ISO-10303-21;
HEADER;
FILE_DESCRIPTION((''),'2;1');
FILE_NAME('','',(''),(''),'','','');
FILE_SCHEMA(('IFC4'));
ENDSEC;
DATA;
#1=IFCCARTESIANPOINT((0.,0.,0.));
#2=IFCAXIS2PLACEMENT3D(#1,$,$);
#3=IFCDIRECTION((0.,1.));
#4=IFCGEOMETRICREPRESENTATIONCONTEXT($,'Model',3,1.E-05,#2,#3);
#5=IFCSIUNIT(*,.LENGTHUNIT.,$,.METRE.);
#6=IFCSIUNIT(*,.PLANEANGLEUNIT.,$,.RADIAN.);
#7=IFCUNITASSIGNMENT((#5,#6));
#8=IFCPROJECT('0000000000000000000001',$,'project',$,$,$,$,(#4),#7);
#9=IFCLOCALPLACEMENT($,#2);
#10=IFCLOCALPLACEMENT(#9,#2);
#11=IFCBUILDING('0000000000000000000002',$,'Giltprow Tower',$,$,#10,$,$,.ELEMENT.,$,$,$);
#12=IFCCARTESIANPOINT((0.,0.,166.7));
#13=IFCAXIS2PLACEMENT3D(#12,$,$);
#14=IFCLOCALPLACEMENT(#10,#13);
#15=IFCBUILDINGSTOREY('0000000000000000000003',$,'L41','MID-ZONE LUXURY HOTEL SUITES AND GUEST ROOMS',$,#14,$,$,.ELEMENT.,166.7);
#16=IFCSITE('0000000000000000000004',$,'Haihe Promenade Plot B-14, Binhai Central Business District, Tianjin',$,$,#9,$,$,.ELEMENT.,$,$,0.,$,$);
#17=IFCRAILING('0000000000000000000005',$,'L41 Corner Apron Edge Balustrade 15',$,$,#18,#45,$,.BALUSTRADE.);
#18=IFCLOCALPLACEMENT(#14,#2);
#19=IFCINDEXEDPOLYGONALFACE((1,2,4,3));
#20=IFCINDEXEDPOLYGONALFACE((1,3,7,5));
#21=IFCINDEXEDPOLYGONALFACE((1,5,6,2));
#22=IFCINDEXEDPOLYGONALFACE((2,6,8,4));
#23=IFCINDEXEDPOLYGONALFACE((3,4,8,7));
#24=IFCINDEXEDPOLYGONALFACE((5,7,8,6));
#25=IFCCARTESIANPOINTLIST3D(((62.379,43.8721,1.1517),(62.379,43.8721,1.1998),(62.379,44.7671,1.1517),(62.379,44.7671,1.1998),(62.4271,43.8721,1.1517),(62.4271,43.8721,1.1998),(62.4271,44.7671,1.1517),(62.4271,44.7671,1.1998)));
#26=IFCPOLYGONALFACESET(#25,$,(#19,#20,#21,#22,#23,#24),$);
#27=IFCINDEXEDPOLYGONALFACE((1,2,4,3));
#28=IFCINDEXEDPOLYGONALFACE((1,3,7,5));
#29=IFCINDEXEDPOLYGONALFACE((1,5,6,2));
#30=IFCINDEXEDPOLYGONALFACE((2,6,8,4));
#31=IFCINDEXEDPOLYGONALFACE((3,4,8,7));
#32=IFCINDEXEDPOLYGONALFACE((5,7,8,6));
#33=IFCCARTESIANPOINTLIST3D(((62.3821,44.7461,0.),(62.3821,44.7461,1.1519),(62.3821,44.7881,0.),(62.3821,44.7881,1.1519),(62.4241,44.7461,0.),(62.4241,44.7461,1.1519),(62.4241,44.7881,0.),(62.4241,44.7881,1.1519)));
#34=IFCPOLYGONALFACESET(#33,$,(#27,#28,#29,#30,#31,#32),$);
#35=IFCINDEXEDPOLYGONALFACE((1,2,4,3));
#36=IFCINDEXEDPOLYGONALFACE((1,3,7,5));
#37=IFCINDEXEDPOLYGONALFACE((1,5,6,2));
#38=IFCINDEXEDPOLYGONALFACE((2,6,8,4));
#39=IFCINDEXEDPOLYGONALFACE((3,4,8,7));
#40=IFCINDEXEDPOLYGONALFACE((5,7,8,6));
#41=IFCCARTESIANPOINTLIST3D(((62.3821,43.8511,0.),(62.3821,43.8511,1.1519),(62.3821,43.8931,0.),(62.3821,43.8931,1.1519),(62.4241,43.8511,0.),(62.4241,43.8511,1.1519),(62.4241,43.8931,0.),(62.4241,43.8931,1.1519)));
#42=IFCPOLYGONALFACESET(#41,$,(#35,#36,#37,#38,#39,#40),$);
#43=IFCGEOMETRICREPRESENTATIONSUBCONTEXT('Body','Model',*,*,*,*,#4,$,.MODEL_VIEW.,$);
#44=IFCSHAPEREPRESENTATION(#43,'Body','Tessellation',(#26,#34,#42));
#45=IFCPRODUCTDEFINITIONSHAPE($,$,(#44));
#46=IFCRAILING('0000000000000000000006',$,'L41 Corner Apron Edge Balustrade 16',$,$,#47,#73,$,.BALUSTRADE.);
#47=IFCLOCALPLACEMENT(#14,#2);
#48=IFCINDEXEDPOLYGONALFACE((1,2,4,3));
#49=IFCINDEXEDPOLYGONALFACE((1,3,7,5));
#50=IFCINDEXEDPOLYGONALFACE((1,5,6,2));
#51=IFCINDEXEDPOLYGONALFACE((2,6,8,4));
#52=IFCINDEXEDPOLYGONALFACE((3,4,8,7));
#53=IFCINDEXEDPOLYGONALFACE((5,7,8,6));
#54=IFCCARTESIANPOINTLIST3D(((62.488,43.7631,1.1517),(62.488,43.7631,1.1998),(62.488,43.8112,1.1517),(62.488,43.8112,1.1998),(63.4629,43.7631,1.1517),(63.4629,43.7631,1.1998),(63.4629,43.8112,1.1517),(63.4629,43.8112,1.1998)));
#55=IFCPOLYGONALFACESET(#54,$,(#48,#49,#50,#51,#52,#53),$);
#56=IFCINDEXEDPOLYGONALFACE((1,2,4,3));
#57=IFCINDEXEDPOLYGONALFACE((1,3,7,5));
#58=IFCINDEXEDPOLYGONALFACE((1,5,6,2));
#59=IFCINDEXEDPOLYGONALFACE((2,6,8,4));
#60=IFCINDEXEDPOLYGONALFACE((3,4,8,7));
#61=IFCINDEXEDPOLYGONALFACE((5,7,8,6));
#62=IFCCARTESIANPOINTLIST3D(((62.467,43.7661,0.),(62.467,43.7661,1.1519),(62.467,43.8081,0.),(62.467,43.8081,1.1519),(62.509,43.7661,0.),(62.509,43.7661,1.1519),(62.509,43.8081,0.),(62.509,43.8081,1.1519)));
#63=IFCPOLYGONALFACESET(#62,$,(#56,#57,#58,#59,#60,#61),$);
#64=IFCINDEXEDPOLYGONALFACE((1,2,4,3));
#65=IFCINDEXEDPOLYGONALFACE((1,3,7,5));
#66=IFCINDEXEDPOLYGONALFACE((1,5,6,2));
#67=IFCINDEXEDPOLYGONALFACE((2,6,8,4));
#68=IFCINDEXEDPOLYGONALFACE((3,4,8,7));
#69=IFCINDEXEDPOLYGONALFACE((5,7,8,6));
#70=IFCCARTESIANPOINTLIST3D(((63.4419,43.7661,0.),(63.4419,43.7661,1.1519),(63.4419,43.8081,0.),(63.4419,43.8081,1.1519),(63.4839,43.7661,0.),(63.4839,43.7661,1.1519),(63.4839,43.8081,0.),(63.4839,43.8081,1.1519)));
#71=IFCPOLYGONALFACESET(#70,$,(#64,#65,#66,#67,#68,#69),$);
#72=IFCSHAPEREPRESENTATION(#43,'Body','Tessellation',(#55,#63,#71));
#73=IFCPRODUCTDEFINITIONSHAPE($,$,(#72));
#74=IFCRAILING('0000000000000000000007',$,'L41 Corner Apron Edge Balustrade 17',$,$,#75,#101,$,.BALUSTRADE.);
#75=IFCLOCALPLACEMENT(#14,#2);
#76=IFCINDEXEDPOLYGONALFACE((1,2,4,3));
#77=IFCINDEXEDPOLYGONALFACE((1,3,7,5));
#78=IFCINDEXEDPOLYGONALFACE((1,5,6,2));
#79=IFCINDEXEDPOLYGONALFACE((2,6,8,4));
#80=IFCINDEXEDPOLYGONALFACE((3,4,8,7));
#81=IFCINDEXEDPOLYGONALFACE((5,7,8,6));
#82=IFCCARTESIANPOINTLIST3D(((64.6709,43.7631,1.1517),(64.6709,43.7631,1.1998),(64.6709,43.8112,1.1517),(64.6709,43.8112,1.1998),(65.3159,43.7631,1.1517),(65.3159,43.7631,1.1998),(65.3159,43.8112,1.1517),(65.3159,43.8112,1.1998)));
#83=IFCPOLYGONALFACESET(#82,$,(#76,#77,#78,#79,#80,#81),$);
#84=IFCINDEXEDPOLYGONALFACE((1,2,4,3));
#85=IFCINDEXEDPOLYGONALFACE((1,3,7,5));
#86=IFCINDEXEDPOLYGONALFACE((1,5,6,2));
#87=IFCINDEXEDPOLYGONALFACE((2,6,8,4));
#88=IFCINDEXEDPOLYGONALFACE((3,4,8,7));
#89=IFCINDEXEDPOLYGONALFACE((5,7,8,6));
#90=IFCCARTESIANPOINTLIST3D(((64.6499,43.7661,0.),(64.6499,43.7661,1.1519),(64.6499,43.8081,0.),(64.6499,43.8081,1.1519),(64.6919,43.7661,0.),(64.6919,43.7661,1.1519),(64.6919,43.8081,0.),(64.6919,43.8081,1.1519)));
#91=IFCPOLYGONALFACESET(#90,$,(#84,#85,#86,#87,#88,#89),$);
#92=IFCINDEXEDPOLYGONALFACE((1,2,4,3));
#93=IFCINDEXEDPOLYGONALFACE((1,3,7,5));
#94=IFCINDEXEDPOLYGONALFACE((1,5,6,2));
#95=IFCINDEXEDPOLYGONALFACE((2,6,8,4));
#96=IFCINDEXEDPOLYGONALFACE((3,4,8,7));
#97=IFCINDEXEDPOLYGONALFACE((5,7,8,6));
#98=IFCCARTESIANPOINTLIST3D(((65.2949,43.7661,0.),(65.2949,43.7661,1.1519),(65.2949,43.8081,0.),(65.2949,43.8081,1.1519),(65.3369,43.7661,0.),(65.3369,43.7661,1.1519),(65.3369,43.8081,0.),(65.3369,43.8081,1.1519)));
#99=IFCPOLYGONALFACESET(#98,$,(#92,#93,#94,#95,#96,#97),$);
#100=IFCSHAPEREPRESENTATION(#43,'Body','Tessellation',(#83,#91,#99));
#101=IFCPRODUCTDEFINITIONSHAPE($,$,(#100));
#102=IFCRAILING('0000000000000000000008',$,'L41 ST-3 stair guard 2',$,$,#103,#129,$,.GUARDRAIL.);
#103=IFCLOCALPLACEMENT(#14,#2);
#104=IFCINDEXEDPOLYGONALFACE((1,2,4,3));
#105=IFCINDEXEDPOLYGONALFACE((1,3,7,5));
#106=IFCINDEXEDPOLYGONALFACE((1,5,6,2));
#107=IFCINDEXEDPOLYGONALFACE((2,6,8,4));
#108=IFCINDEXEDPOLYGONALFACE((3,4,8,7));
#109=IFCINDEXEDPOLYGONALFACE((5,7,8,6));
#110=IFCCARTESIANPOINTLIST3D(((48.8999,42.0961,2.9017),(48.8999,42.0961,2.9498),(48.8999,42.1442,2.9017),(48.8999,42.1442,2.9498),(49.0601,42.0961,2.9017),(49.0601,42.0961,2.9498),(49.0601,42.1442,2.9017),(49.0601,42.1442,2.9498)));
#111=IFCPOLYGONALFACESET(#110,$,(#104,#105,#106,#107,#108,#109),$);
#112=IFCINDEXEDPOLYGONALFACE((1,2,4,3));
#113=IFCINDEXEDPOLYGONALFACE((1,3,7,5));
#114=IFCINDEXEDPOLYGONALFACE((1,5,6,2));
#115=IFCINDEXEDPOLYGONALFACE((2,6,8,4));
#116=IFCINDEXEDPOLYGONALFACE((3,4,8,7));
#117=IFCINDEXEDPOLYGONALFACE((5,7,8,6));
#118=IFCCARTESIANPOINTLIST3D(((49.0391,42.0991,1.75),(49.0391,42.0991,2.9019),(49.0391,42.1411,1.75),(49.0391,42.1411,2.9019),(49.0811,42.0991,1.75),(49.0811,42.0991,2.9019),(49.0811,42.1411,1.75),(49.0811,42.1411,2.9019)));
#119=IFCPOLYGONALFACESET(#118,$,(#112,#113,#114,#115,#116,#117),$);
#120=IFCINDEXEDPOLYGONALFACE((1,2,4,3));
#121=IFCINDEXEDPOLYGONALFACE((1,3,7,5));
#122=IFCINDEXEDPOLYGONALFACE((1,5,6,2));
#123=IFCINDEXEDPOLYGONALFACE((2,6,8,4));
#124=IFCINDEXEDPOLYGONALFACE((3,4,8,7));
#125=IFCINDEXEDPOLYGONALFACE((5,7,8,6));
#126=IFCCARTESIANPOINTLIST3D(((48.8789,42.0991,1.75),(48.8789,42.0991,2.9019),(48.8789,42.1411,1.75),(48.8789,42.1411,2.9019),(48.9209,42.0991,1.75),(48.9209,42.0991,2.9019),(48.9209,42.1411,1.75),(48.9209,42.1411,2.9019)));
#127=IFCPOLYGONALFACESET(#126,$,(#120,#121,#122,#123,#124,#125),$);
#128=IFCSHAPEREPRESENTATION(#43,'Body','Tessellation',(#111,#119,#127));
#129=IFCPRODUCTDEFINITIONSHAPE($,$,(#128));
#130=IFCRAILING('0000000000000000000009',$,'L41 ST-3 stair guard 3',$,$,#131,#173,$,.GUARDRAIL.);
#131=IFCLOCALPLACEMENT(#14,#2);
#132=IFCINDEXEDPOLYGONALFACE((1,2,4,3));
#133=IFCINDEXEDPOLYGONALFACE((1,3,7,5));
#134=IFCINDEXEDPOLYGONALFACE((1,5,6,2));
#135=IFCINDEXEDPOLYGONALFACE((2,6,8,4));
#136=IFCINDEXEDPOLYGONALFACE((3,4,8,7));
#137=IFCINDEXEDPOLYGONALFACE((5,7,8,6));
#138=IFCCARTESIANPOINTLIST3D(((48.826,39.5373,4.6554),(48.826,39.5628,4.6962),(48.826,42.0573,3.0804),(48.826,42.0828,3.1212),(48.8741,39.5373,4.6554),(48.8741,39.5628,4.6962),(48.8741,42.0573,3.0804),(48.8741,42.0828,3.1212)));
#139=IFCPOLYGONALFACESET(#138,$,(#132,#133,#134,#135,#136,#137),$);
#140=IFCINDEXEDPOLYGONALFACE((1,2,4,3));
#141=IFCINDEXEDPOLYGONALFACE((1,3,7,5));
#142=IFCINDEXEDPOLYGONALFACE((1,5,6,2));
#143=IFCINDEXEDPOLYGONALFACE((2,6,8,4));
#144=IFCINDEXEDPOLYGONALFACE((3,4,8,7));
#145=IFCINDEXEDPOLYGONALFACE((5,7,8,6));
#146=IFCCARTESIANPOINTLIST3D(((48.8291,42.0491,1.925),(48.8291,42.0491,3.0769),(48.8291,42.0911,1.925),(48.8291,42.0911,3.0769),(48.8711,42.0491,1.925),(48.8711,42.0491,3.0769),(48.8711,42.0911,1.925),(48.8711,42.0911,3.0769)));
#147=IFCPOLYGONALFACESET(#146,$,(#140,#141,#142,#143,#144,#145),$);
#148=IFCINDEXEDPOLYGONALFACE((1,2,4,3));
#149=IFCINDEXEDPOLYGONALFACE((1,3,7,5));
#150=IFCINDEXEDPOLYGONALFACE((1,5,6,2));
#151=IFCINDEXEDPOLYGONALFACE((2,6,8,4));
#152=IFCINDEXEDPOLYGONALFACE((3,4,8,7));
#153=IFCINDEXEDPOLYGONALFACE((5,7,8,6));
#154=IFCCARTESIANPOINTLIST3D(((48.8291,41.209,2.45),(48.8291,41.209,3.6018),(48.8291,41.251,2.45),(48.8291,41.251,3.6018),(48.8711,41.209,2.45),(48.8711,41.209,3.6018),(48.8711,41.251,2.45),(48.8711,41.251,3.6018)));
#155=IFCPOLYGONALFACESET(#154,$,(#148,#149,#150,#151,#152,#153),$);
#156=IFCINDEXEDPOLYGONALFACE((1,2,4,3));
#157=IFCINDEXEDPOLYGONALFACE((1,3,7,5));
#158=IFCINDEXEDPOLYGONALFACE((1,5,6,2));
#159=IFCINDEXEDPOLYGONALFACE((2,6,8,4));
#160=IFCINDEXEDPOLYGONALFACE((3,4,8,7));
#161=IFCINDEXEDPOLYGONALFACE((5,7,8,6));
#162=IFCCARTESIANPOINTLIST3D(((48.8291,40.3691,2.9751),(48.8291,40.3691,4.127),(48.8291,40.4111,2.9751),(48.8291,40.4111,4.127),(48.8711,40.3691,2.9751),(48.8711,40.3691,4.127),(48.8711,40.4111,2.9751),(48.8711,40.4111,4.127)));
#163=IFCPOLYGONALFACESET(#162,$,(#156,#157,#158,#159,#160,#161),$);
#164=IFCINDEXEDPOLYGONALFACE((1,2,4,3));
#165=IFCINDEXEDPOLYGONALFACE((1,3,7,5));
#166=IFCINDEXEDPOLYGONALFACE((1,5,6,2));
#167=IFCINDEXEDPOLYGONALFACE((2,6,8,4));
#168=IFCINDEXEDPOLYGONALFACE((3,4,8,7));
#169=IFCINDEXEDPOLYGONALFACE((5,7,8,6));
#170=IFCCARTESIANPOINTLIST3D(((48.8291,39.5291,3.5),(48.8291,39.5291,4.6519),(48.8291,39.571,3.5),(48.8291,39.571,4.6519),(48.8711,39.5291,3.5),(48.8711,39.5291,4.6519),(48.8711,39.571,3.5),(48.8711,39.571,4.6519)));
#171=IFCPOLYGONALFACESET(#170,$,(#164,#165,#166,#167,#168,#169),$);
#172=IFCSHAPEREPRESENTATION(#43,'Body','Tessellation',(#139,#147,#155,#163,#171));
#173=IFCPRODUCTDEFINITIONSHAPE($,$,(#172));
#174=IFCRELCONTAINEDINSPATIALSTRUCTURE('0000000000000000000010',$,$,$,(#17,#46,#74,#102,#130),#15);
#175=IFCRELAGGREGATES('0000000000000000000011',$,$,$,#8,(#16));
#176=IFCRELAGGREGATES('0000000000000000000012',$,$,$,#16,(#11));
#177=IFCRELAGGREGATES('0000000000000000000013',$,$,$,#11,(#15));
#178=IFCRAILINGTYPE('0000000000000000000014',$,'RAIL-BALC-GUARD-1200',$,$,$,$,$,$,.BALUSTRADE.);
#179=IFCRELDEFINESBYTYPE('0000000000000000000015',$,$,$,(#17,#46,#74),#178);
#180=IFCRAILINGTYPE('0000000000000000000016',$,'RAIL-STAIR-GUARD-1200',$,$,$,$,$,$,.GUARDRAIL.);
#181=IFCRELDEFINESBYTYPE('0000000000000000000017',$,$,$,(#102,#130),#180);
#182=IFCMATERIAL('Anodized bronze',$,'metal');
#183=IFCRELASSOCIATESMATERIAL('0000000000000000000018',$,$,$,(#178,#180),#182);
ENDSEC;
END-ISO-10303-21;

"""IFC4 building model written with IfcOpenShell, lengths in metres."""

from ifc_helpers import new_model, si_unit, direction, frame, origin, origin_2d, place, context, subcontext, project, spatial, rectangle, extrude, material, type_object, element, save


model = new_model("IFC4")

# Units and contexts
model_context = context("Model", 3, precision=1e-05, world=origin(), true_north=direction((0.0, 1.0)))
body_context = subcontext(model_context, "Body", "Model", "MODEL_VIEW")
ifc_project = project(units=[si_unit("LENGTHUNIT", "METRE"), si_unit("PLANEANGLEUNIT", "RADIAN")], contexts=[model_context])

# Site, building, storey
site_placement = place(None, origin())
site = spatial("IfcSite", under=ifc_project, at=site_placement, Name="Haihe Promenade Plot B-14, Binhai Central Business District, Tianjin", CompositionType="ELEMENT", RefElevation=0.0)
building_placement = place(site_placement, origin())
building = spatial("IfcBuilding", under=site, at=building_placement, Name="Giltprow Tower", CompositionType="ELEMENT")
storey_placement = place(building_placement, frame((0.0, 0.0, 166.7)))
storey = spatial("IfcBuildingStorey", under=building, at=storey_placement, Name="L41", Description="MID-ZONE LUXURY HOTEL SUITES AND GUEST ROOMS", CompositionType="ELEMENT", Elevation=166.7)

# Railings
ifc_material_1 = material(Name="Anodized bronze", Category="metal")
railing_type_1 = type_object("IfcRailingType", Name="RAIL-BALC-GUARD-1200", PredefinedType="BALUSTRADE", material=ifc_material_1)
railing_1_placement = place(storey_placement, frame((62.4031, 44.7671, 0.0)))
element("IfcRailing", 1, at=railing_1_placement, inside=storey, type_object=railing_type_1, Name="L41 Corner Apron Edge Balustrade 15", PredefinedType="BALUSTRADE", context=body_context, shape_type="SweptSolid", body=[
    extrude(rectangle(XDim=0.0481, YDim=0.0481, at=origin_2d()), frame((0.0, 0.0, 1.1758), z_axis=(0.0, -1.0, 0.0), x_axis=(1.0, 0.0, 0.0)), (0.0, 0.0, 1.0), 0.895),
    extrude(rectangle(XDim=0.042, YDim=0.042, at=origin_2d()), origin(), (0.0, 0.0, 1.0), 1.1519),
    extrude(rectangle(XDim=0.042, YDim=0.042, at=origin_2d()), frame((0.0, -0.895, 0.0)), (0.0, 0.0, 1.0), 1.1519),
])
railing_2_placement = place(storey_placement, frame((62.488, 43.7871, 0.0)))
element("IfcRailing", 2, at=railing_2_placement, inside=storey, type_object=railing_type_1, Name="L41 Corner Apron Edge Balustrade 16", PredefinedType="BALUSTRADE", context=body_context, shape_type="SweptSolid", body=[
    extrude(rectangle(XDim=0.0481, YDim=0.0481, at=origin_2d()), frame((0.0, 0.0, 1.1758), z_axis=(1.0, 0.0, 0.0), x_axis=(0.0, 1.0, 0.0)), (0.0, 0.0, 1.0), 0.9749),
    extrude(rectangle(XDim=0.042, YDim=0.042, at=origin_2d()), origin(), (0.0, 0.0, 1.0), 1.1519),
    extrude(rectangle(XDim=0.042, YDim=0.042, at=origin_2d()), frame((0.9749, 0.0, 0.0)), (0.0, 0.0, 1.0), 1.1519),
])
railing_3_placement = place(storey_placement, frame((64.6709, 43.7871, 0.0)))
element("IfcRailing", 3, at=railing_3_placement, inside=storey, type_object=railing_type_1, Name="L41 Corner Apron Edge Balustrade 17", PredefinedType="BALUSTRADE", context=body_context, shape_type="SweptSolid", body=[
    extrude(rectangle(XDim=0.0481, YDim=0.0481, at=origin_2d()), frame((0.0, 0.0, 1.1758), z_axis=(1.0, 0.0, 0.0), x_axis=(0.0, 1.0, 0.0)), (0.0, 0.0, 1.0), 0.645),
    extrude(rectangle(XDim=0.042, YDim=0.042, at=origin_2d()), origin(), (0.0, 0.0, 1.0), 1.1519),
    extrude(rectangle(XDim=0.042, YDim=0.042, at=origin_2d()), frame((0.645, 0.0, 0.0)), (0.0, 0.0, 1.0), 1.1519),
])
railing_type_2 = type_object("IfcRailingType", Name="RAIL-STAIR-GUARD-1200", PredefinedType="GUARDRAIL", material=ifc_material_1)
railing_4_placement = place(storey_placement, frame((49.0601, 42.1201, 1.75)))
element("IfcRailing", 4, at=railing_4_placement, inside=storey, type_object=railing_type_2, Name="L41 ST-3 stair guard 2", PredefinedType="GUARDRAIL", context=body_context, shape_type="SweptSolid", body=[
    extrude(rectangle(XDim=0.0481, YDim=0.0481, at=origin_2d()), frame((0.0, 0.0, 1.1758), z_axis=(-1.0, 0.0, 0.0), x_axis=(0.0, -1.0, 0.0)), (0.0, 0.0, 1.0), 0.1602),
    extrude(rectangle(XDim=0.042, YDim=0.042, at=origin_2d()), origin(), (0.0, 0.0, 1.0), 1.1519),
    extrude(rectangle(XDim=0.042, YDim=0.042, at=origin_2d()), frame((-0.1602, 0.0, 0.0)), (0.0, 0.0, 1.0), 1.1519),
])
railing_5_placement = place(storey_placement, frame((48.8501, 42.0701, 1.925)))
element("IfcRailing", 5, at=railing_5_placement, inside=storey, type_object=railing_type_2, Name="L41 ST-3 stair guard 3", PredefinedType="GUARDRAIL", context=body_context, shape_type="SweptSolid", body=[
    extrude(rectangle(XDim=0.0481, YDim=0.0481, at=origin_2d()), frame((0.0, 0.0, 1.1758), z_axis=(0.0, -0.848008, 0.529984), x_axis=(1.0, 0.0, 0.0)), (0.0, 0.0, 1.0), 2.9717),
    extrude(rectangle(XDim=0.042, YDim=0.042, at=origin_2d()), origin(), (0.0, 0.0, 1.0), 1.1519),
    extrude(rectangle(XDim=0.042, YDim=0.042, at=origin_2d()), frame((0.0, -0.8401, 0.5249)), (0.0, 0.0, 1.0), 1.1519),
    extrude(rectangle(XDim=0.042, YDim=0.042, at=origin_2d()), frame((0.0, -1.6799, 1.05)), (0.0, 0.0, 1.0), 1.1519),
    extrude(rectangle(XDim=0.042, YDim=0.042, at=origin_2d()), frame((0.0, -2.52, 1.575)), (0.0, 0.0, 1.0), 1.1519),
])

save(model, "model.ifc")
